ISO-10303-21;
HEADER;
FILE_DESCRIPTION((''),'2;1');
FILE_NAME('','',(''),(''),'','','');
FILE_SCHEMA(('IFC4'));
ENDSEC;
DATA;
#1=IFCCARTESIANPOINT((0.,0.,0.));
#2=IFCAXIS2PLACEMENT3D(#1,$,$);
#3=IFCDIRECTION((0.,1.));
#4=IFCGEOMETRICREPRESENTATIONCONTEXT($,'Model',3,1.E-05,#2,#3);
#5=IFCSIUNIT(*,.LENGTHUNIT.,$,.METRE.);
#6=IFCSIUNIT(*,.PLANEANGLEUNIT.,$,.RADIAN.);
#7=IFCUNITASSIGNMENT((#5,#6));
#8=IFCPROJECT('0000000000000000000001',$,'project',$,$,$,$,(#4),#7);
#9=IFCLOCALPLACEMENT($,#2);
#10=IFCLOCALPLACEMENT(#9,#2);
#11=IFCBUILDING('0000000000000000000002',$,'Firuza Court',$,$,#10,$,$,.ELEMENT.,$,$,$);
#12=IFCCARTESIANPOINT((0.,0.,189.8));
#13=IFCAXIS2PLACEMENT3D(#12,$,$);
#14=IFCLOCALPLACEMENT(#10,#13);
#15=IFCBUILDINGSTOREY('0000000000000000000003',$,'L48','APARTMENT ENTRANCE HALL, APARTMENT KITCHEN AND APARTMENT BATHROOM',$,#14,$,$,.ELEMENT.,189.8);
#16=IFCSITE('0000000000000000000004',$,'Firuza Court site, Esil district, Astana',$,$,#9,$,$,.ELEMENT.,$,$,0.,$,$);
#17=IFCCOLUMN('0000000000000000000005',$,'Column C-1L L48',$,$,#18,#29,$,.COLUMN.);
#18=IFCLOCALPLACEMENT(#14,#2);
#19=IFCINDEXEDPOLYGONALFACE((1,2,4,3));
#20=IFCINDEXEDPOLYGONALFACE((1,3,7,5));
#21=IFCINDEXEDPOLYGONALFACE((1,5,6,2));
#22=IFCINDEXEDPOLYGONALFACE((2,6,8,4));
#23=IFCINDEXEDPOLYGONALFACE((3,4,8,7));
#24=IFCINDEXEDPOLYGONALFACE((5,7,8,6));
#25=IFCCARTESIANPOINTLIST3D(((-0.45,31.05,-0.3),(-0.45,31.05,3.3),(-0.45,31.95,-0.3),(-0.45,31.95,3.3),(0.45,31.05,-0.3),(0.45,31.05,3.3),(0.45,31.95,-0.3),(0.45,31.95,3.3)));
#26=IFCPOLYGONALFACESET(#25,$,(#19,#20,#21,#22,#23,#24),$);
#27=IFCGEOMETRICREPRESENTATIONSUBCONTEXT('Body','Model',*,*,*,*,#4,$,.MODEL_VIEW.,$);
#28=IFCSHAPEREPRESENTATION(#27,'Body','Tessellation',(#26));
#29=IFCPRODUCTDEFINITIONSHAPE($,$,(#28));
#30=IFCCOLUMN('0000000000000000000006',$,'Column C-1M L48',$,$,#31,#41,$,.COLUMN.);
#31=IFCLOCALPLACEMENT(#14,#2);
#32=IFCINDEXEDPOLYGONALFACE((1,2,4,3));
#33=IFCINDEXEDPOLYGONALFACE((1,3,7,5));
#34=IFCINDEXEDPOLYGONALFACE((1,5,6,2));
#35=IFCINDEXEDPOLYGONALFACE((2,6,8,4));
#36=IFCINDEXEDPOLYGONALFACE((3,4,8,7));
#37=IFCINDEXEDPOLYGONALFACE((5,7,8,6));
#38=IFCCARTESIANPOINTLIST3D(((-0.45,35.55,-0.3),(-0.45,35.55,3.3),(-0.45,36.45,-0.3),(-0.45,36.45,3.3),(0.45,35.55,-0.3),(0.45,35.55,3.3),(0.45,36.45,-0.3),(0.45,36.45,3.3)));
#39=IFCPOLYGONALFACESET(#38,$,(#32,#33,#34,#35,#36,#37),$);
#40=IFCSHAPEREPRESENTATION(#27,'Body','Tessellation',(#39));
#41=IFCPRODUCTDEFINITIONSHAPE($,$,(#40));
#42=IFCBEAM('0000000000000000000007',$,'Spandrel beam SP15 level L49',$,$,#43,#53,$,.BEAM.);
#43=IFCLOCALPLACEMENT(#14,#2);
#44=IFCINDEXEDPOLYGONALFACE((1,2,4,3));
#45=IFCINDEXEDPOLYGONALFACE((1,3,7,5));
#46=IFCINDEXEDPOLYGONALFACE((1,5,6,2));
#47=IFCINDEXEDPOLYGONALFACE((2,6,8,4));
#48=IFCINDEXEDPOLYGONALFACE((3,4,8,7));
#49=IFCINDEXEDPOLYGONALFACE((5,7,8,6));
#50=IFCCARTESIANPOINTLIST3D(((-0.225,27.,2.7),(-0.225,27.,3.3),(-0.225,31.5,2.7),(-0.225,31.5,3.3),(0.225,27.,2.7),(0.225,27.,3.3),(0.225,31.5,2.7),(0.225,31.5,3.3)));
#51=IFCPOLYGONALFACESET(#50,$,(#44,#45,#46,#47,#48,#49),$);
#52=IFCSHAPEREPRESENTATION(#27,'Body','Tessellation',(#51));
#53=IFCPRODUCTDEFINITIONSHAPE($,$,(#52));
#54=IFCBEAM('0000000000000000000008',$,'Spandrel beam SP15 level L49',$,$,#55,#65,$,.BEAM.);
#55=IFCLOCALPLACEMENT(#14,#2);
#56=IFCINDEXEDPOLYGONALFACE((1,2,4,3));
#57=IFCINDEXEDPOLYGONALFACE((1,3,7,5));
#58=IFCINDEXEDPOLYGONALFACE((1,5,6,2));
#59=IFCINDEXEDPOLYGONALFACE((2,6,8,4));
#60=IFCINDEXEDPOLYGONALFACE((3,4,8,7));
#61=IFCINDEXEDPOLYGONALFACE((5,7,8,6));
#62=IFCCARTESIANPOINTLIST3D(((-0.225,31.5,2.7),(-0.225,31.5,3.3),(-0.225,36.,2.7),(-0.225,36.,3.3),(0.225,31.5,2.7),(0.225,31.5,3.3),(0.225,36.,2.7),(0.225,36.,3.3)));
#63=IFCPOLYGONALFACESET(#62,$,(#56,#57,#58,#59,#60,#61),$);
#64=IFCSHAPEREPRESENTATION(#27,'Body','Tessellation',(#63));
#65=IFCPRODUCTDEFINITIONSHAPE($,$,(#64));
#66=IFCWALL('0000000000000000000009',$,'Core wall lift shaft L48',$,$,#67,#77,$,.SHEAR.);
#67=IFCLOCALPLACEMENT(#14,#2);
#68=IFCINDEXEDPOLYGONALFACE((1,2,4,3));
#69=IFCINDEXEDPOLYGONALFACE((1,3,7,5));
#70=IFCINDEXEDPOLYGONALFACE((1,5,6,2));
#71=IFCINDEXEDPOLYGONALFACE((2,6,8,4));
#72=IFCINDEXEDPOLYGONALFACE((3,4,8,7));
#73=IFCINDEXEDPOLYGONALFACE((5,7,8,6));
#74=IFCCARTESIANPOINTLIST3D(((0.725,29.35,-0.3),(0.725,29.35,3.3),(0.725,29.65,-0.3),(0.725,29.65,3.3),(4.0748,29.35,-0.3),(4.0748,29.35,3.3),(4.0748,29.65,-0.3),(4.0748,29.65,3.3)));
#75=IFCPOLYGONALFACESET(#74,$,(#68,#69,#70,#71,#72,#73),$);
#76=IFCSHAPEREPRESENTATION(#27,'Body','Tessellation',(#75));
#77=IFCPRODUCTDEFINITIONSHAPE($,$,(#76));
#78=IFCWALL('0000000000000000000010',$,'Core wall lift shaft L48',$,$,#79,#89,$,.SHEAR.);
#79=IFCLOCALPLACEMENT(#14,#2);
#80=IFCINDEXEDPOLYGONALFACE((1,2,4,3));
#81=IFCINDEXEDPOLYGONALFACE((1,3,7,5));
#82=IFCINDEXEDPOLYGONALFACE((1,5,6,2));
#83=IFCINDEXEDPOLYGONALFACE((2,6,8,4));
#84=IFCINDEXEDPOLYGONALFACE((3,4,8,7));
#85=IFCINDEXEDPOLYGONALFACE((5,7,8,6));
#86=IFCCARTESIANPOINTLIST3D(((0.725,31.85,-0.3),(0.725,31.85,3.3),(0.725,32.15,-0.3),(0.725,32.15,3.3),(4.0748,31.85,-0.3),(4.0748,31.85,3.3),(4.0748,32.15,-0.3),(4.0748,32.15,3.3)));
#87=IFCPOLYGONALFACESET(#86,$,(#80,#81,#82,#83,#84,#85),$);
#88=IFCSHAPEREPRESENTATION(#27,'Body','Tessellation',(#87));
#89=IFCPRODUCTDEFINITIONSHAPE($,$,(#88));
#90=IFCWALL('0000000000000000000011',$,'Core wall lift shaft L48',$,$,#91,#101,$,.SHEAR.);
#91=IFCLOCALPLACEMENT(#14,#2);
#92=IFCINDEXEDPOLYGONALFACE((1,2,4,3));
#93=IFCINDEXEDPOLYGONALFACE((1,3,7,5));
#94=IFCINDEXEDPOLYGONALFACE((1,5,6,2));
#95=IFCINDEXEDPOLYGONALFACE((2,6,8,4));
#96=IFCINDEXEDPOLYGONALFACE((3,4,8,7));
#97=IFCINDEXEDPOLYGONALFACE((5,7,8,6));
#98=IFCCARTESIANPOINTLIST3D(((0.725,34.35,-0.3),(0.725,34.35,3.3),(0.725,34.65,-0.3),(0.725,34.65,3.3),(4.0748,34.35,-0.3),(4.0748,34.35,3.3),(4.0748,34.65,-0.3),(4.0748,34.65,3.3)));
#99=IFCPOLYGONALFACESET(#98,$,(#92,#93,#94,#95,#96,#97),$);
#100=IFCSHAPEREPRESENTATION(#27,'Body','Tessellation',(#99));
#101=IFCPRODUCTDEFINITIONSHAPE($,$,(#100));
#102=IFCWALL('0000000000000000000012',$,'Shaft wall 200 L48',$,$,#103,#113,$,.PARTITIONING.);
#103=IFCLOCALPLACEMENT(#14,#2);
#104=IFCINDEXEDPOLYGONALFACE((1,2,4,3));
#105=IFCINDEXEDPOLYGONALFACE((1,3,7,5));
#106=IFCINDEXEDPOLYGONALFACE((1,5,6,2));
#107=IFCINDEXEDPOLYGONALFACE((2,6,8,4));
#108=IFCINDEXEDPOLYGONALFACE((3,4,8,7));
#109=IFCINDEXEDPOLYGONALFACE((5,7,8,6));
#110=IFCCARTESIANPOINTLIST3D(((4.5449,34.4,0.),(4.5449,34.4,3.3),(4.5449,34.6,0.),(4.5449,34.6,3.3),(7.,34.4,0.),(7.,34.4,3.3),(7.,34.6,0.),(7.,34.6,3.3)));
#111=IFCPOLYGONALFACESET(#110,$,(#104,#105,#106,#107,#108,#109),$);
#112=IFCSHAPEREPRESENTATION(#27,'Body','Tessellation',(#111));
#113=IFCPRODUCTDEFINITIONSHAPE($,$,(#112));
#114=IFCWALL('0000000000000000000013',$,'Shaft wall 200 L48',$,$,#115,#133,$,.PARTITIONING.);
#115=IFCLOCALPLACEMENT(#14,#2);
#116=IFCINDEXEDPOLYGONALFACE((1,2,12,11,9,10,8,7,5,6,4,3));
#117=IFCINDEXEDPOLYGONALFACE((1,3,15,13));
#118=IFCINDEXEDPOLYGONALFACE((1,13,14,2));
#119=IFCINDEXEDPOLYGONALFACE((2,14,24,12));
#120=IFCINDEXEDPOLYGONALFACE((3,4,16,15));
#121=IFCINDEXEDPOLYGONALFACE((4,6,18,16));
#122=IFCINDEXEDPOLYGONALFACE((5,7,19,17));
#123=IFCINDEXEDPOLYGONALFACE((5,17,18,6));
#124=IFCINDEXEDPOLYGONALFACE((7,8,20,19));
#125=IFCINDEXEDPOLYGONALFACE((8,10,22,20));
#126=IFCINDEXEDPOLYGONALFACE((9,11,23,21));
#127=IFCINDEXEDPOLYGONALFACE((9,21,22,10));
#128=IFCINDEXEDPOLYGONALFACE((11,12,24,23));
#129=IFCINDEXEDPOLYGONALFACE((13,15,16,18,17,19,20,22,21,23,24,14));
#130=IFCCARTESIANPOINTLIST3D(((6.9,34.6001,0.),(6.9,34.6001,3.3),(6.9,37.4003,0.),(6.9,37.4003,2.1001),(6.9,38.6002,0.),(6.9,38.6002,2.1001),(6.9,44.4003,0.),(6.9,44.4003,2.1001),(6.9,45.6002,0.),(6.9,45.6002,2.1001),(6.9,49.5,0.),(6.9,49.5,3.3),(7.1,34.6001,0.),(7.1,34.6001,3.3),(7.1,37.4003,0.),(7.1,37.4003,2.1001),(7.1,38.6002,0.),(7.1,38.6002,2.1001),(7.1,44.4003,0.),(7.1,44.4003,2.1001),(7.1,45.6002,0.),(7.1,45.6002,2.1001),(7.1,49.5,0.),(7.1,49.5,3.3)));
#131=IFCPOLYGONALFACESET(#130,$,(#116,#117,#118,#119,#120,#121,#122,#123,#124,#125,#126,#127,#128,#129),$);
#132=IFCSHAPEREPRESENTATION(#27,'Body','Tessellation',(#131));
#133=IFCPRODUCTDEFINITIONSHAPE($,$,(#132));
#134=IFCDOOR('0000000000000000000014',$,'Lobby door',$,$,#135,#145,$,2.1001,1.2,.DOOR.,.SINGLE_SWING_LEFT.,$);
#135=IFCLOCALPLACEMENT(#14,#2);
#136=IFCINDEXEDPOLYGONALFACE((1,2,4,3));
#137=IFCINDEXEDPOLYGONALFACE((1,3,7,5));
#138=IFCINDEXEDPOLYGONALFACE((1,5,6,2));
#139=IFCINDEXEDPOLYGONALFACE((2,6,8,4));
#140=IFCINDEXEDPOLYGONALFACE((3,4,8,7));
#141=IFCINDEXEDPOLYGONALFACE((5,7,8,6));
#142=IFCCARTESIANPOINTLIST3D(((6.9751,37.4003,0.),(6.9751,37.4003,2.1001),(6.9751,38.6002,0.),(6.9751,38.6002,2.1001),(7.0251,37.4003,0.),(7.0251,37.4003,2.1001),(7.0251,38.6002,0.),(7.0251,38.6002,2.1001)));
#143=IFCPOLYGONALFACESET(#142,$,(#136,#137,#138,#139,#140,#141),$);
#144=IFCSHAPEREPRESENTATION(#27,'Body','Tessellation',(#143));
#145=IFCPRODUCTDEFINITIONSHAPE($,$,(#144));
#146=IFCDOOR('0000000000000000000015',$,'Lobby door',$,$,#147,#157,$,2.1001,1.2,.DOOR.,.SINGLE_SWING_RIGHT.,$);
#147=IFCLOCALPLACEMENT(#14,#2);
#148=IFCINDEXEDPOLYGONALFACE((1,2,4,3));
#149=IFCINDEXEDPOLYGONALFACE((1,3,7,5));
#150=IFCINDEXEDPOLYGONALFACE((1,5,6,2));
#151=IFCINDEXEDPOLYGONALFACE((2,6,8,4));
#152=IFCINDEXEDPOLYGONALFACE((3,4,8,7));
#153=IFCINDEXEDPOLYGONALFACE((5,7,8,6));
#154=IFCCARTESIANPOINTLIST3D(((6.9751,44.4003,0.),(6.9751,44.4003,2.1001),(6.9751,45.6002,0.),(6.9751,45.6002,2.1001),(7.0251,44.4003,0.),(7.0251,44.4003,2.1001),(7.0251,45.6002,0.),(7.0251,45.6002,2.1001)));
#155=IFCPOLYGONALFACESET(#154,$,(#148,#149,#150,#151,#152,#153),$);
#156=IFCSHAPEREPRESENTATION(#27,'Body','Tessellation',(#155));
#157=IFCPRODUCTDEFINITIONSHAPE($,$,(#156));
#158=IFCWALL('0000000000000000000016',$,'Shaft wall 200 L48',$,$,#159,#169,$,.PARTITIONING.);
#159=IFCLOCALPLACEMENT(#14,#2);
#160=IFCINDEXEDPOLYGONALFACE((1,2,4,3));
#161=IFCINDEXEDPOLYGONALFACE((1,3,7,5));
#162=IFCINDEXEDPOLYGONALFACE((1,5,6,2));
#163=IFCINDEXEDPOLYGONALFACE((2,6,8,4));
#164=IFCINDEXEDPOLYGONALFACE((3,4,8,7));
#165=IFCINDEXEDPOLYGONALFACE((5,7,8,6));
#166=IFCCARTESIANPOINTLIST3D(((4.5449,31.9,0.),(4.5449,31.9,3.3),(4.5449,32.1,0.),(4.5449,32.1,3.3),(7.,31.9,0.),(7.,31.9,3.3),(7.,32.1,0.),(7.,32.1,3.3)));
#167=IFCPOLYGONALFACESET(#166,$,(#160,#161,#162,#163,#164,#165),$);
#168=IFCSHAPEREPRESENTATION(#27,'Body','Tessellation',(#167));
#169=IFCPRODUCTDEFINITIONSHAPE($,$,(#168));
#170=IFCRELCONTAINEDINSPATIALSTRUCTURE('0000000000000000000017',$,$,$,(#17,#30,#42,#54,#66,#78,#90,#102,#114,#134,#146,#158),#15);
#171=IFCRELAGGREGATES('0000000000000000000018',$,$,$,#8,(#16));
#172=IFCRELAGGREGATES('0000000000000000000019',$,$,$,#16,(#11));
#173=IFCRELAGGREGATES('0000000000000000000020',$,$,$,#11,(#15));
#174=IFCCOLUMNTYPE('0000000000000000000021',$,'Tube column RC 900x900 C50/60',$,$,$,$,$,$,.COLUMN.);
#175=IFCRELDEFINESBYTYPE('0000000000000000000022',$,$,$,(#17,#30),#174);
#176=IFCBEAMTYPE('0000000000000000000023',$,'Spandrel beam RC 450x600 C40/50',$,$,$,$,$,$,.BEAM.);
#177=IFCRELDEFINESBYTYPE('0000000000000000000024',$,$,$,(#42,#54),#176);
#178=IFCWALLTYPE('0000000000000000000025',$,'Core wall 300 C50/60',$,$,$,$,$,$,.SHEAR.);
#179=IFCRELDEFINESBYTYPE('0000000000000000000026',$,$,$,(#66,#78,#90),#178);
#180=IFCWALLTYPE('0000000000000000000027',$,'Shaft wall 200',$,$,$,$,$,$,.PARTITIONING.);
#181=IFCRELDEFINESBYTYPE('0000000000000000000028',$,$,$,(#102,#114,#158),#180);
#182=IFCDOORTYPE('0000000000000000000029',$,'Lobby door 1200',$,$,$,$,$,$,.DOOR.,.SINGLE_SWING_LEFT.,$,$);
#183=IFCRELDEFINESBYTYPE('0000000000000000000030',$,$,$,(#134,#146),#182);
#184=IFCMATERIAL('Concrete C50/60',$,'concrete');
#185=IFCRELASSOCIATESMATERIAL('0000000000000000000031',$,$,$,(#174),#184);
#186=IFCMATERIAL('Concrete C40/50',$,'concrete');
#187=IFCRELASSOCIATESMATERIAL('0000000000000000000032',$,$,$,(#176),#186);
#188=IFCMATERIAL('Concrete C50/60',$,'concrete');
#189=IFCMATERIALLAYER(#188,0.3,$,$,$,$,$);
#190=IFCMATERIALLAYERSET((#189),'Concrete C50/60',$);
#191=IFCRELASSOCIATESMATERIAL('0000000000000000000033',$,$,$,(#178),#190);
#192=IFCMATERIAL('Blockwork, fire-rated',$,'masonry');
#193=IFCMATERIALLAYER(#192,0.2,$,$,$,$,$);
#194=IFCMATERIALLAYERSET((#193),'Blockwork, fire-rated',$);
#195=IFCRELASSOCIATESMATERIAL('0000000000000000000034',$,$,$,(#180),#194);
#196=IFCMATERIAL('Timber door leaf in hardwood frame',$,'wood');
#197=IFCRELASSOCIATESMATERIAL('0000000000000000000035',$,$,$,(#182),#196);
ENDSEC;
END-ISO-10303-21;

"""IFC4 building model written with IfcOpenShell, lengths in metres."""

from ifc_helpers import new_model, si_unit, direction, frame, frame_2d, origin, origin_2d, place, context, subcontext, project, spatial, rectangle, extrude, material, layer, layer_set, material_profile, profile_set, type_object, element, fill, save


model = new_model("IFC4")

# Units and contexts
model_context = context("Model", 3, precision=1e-05, world=origin(), true_north=direction((0.0, 1.0)))
body_context = subcontext(model_context, "Body", "Model", "MODEL_VIEW")
ifc_project = project(units=[si_unit("LENGTHUNIT", "METRE"), si_unit("PLANEANGLEUNIT", "RADIAN")], contexts=[model_context])

# Site, building, storey
site_placement = place(None, origin())
site = spatial("IfcSite", under=ifc_project, at=site_placement, Name="Firuza Court site, Esil district, Astana", CompositionType="ELEMENT", RefElevation=0.0)
building_placement = place(site_placement, origin())
building = spatial("IfcBuilding", under=site, at=building_placement, Name="Firuza Court", CompositionType="ELEMENT")
storey_placement = place(building_placement, frame((0.0, 0.0, 189.8)))
storey = spatial("IfcBuildingStorey", under=building, at=storey_placement, Name="L48", Description="APARTMENT ENTRANCE HALL, APARTMENT KITCHEN AND APARTMENT BATHROOM", CompositionType="ELEMENT", Elevation=189.8)

# Columns
ifc_material_1 = material(Name="Concrete C50/60", Category="concrete")
ifc_material_profile_1 = material_profile(ifc_material_1, rectangle(XDim=0.8999, YDim=0.8999, at=origin_2d()), Name="RC 900x900")
ifc_profile_set_1 = profile_set([ifc_material_profile_1], Name="Concrete C50/60")
column_type = type_object("IfcColumnType", Name="Tube column RC 900x900 C50/60", PredefinedType="COLUMN", material=ifc_profile_set_1)
for number, where, z_axis, x_axis, name in (
    (1, (0.0, 31.5, -0.3), (0.0, 0.0, 1.0), (1.0, 0.0, 0.0), "Column C-1L L48"),
    (2, (0.0, 36.0, -0.3), (0.0, 0.0, 1.0), (1.0, 0.0, 0.0), "Column C-1M L48"),
):
    element("IfcColumn", number, at=place(storey_placement, frame(where, z_axis=z_axis, x_axis=x_axis)), inside=storey, type_object=column_type, Name=name, PredefinedType="COLUMN", context=body_context, shape_type="SweptSolid", body=[
        extrude(rectangle(XDim=0.8999, YDim=0.8999, at=origin_2d()), origin(), (0.0, 0.0, 1.0), 3.6001),
    ])

# Beams
ifc_material_2 = material(Name="Concrete C40/50", Category="concrete")
ifc_material_profile_2 = material_profile(ifc_material_2, rectangle(XDim=0.45, YDim=0.6001, at=origin_2d()), Name="RC 450x600")
ifc_profile_set_2 = profile_set([ifc_material_profile_2], Name="Concrete C40/50")
beam_type = type_object("IfcBeamType", Name="Spandrel beam RC 450x600 C40/50", PredefinedType="BEAM", material=ifc_profile_set_2)
for number, where, z_axis, x_axis, name in (
    (3, (0.0, 31.5, 3.0), (0.0, -1.0, 0.0), (1.0, 0.0, 0.0), "Spandrel beam SP15 level L49"),
    (4, (0.0, 36.0, 3.0), (0.0, -1.0, 0.0), (1.0, 0.0, 0.0), "Spandrel beam SP15 level L49"),
):
    element("IfcBeam", number, at=place(storey_placement, frame(where, z_axis=z_axis, x_axis=x_axis)), inside=storey, type_object=beam_type, Name=name, PredefinedType="BEAM", context=body_context, shape_type="SweptSolid", body=[
        extrude(rectangle(XDim=0.45, YDim=0.6001, at=origin_2d()), origin(), (0.0, 0.0, 1.0), 4.5),
    ])

# Walls
ifc_material_3 = material(Name="Concrete C50/60", Category="concrete")
ifc_layer_1 = layer(ifc_material_3, 0.3)
ifc_layer_set_1 = layer_set([ifc_layer_1], Name="Concrete C50/60")
wall_type_1 = type_object("IfcWallType", Name="Core wall 300 C50/60", PredefinedType="SHEAR", material=ifc_layer_set_1)
for number, where, z_axis, x_axis, name in (
    (5, (0.7251, 29.5, -0.3), (0.0, 0.0, 1.0), (1.0, 0.0, 0.0), "Core wall lift shaft L48"),
    (6, (0.7251, 32.0, -0.3), (0.0, 0.0, 1.0), (1.0, 0.0, 0.0), "Core wall lift shaft L48"),
    (7, (0.7251, 34.5, -0.3), (0.0, 0.0, 1.0), (1.0, 0.0, 0.0), "Core wall lift shaft L48"),
):
    element("IfcWall", number, at=place(storey_placement, frame(where, z_axis=z_axis, x_axis=x_axis)), inside=storey, type_object=wall_type_1, Name=name, PredefinedType="SHEAR", context=body_context, shape_type="SweptSolid", body=[
        extrude(rectangle(XDim=3.3499, YDim=0.3, at=frame_2d((1.6748, 0.0))), origin(), (0.0, 0.0, 1.0), 3.6001),
    ])
ifc_material_4 = material(Name="Blockwork, fire-rated", Category="masonry")
ifc_layer_2 = layer(ifc_material_4, 0.2)
ifc_layer_set_2 = layer_set([ifc_layer_2], Name="Blockwork, fire-rated")
wall_type_2 = type_object("IfcWallType", Name="Shaft wall 200", PredefinedType="PARTITIONING", material=ifc_layer_set_2)
wall_1_placement = place(storey_placement, frame((4.5449, 34.5, 0.0), z_axis=(0.0, 0.0, 1.0), x_axis=(1.0, 0.0, 0.0)))
element("IfcWall", 8, at=wall_1_placement, inside=storey, type_object=wall_type_2, Name="Shaft wall 200 L48", PredefinedType="PARTITIONING", context=body_context, shape_type="SweptSolid", body=[
    extrude(rectangle(XDim=2.4551, YDim=0.2, at=frame_2d((1.2275, 0.0))), origin(), (0.0, 0.0, 1.0), 3.3),
])

# Wall, openings, doors
wall_2_placement = place(storey_placement, frame((7.0, 34.6001, 0.0), z_axis=(0.0, 0.0, 1.0), x_axis=(0.0, 1.0, 0.0)))
wall_2 = element("IfcWall", 9, at=wall_2_placement, inside=storey, type_object=wall_type_2, Name="Shaft wall 200 L48", PredefinedType="PARTITIONING", context=body_context, shape_type="SweptSolid", body=[
    extrude(rectangle(XDim=14.8999, YDim=0.2, at=frame_2d((7.45, 0.0))), origin(), (0.0, 0.0, 1.0), 3.3),
])
opening_1_placement = place(wall_2_placement, frame((2.8, 0.0, 0.0)))
opening_1 = element("IfcOpeningElement", 10, at=opening_1_placement, cuts=wall_2, PredefinedType="OPENING", context=body_context, shape_type="SweptSolid", body=[
    extrude(rectangle(XDim=1.2, YDim=2.1001, at=frame_2d((0.6001, 1.05))), frame((0.0, 0.1118, 0.0), z_axis=(0.0, -1.0, 0.0), x_axis=(1.0, 0.0, 0.0)), (0.0, 0.0, 1.0), 0.2239),
])
opening_2_placement = place(wall_2_placement, frame((9.8, 0.0, 0.0)))
opening_2 = element("IfcOpeningElement", 11, at=opening_2_placement, cuts=wall_2, PredefinedType="OPENING", context=body_context, shape_type="SweptSolid", body=[
    extrude(rectangle(XDim=1.2, YDim=2.1001, at=frame_2d((0.6001, 1.05))), frame((0.0, 0.1118, 0.0), z_axis=(0.0, -1.0, 0.0), x_axis=(1.0, 0.0, 0.0)), (0.0, 0.0, 1.0), 0.2239),
])
ifc_material_5 = material(Name="Timber door leaf in hardwood frame", Category="wood")
door_type = type_object("IfcDoorType", Name="Lobby door 1200", OperationType="SINGLE_SWING_LEFT", PredefinedType="DOOR", material=ifc_material_5)
door_1_placement = place(opening_1_placement, origin())
door_1 = element("IfcDoor", 12, at=door_1_placement, inside=storey, type_object=door_type, Name="Lobby door", OperationType="SINGLE_SWING_LEFT", OverallHeight=2.1001, OverallWidth=1.2, PredefinedType="DOOR", context=body_context, shape_type="SweptSolid", body=[
    extrude(rectangle(XDim=1.2, YDim=2.1001, at=frame_2d((0.6001, 1.05))), frame((0.0, 0.0249, 0.0), z_axis=(0.0, -1.0, 0.0), x_axis=(1.0, 0.0, 0.0)), (0.0, 0.0, 1.0), 0.05),
])
fill(opening_1, door_1)
door_2_placement = place(opening_2_placement, origin())
door_2 = element("IfcDoor", 13, at=door_2_placement, inside=storey, type_object=door_type, Name="Lobby door", OperationType="SINGLE_SWING_RIGHT", OverallHeight=2.1001, OverallWidth=1.2, PredefinedType="DOOR", context=body_context, shape_type="SweptSolid", body=[
    extrude(rectangle(XDim=1.2, YDim=2.1001, at=frame_2d((0.6001, 1.05))), frame((0.0, 0.0249, 0.0), z_axis=(0.0, -1.0, 0.0), x_axis=(1.0, 0.0, 0.0)), (0.0, 0.0, 1.0), 0.05),
])
fill(opening_2, door_2)

# Wall
wall_3_placement = place(storey_placement, frame((4.5449, 32.0, 0.0), z_axis=(0.0, 0.0, 1.0), x_axis=(1.0, 0.0, 0.0)))
element("IfcWall", 14, at=wall_3_placement, inside=storey, type_object=wall_type_2, Name="Shaft wall 200 L48", PredefinedType="PARTITIONING", context=body_context, shape_type="SweptSolid", body=[
    extrude(rectangle(XDim=2.4551, YDim=0.2, at=frame_2d((1.2275, 0.0))), origin(), (0.0, 0.0, 1.0), 3.3),
])

save(model, "model.ifc")
